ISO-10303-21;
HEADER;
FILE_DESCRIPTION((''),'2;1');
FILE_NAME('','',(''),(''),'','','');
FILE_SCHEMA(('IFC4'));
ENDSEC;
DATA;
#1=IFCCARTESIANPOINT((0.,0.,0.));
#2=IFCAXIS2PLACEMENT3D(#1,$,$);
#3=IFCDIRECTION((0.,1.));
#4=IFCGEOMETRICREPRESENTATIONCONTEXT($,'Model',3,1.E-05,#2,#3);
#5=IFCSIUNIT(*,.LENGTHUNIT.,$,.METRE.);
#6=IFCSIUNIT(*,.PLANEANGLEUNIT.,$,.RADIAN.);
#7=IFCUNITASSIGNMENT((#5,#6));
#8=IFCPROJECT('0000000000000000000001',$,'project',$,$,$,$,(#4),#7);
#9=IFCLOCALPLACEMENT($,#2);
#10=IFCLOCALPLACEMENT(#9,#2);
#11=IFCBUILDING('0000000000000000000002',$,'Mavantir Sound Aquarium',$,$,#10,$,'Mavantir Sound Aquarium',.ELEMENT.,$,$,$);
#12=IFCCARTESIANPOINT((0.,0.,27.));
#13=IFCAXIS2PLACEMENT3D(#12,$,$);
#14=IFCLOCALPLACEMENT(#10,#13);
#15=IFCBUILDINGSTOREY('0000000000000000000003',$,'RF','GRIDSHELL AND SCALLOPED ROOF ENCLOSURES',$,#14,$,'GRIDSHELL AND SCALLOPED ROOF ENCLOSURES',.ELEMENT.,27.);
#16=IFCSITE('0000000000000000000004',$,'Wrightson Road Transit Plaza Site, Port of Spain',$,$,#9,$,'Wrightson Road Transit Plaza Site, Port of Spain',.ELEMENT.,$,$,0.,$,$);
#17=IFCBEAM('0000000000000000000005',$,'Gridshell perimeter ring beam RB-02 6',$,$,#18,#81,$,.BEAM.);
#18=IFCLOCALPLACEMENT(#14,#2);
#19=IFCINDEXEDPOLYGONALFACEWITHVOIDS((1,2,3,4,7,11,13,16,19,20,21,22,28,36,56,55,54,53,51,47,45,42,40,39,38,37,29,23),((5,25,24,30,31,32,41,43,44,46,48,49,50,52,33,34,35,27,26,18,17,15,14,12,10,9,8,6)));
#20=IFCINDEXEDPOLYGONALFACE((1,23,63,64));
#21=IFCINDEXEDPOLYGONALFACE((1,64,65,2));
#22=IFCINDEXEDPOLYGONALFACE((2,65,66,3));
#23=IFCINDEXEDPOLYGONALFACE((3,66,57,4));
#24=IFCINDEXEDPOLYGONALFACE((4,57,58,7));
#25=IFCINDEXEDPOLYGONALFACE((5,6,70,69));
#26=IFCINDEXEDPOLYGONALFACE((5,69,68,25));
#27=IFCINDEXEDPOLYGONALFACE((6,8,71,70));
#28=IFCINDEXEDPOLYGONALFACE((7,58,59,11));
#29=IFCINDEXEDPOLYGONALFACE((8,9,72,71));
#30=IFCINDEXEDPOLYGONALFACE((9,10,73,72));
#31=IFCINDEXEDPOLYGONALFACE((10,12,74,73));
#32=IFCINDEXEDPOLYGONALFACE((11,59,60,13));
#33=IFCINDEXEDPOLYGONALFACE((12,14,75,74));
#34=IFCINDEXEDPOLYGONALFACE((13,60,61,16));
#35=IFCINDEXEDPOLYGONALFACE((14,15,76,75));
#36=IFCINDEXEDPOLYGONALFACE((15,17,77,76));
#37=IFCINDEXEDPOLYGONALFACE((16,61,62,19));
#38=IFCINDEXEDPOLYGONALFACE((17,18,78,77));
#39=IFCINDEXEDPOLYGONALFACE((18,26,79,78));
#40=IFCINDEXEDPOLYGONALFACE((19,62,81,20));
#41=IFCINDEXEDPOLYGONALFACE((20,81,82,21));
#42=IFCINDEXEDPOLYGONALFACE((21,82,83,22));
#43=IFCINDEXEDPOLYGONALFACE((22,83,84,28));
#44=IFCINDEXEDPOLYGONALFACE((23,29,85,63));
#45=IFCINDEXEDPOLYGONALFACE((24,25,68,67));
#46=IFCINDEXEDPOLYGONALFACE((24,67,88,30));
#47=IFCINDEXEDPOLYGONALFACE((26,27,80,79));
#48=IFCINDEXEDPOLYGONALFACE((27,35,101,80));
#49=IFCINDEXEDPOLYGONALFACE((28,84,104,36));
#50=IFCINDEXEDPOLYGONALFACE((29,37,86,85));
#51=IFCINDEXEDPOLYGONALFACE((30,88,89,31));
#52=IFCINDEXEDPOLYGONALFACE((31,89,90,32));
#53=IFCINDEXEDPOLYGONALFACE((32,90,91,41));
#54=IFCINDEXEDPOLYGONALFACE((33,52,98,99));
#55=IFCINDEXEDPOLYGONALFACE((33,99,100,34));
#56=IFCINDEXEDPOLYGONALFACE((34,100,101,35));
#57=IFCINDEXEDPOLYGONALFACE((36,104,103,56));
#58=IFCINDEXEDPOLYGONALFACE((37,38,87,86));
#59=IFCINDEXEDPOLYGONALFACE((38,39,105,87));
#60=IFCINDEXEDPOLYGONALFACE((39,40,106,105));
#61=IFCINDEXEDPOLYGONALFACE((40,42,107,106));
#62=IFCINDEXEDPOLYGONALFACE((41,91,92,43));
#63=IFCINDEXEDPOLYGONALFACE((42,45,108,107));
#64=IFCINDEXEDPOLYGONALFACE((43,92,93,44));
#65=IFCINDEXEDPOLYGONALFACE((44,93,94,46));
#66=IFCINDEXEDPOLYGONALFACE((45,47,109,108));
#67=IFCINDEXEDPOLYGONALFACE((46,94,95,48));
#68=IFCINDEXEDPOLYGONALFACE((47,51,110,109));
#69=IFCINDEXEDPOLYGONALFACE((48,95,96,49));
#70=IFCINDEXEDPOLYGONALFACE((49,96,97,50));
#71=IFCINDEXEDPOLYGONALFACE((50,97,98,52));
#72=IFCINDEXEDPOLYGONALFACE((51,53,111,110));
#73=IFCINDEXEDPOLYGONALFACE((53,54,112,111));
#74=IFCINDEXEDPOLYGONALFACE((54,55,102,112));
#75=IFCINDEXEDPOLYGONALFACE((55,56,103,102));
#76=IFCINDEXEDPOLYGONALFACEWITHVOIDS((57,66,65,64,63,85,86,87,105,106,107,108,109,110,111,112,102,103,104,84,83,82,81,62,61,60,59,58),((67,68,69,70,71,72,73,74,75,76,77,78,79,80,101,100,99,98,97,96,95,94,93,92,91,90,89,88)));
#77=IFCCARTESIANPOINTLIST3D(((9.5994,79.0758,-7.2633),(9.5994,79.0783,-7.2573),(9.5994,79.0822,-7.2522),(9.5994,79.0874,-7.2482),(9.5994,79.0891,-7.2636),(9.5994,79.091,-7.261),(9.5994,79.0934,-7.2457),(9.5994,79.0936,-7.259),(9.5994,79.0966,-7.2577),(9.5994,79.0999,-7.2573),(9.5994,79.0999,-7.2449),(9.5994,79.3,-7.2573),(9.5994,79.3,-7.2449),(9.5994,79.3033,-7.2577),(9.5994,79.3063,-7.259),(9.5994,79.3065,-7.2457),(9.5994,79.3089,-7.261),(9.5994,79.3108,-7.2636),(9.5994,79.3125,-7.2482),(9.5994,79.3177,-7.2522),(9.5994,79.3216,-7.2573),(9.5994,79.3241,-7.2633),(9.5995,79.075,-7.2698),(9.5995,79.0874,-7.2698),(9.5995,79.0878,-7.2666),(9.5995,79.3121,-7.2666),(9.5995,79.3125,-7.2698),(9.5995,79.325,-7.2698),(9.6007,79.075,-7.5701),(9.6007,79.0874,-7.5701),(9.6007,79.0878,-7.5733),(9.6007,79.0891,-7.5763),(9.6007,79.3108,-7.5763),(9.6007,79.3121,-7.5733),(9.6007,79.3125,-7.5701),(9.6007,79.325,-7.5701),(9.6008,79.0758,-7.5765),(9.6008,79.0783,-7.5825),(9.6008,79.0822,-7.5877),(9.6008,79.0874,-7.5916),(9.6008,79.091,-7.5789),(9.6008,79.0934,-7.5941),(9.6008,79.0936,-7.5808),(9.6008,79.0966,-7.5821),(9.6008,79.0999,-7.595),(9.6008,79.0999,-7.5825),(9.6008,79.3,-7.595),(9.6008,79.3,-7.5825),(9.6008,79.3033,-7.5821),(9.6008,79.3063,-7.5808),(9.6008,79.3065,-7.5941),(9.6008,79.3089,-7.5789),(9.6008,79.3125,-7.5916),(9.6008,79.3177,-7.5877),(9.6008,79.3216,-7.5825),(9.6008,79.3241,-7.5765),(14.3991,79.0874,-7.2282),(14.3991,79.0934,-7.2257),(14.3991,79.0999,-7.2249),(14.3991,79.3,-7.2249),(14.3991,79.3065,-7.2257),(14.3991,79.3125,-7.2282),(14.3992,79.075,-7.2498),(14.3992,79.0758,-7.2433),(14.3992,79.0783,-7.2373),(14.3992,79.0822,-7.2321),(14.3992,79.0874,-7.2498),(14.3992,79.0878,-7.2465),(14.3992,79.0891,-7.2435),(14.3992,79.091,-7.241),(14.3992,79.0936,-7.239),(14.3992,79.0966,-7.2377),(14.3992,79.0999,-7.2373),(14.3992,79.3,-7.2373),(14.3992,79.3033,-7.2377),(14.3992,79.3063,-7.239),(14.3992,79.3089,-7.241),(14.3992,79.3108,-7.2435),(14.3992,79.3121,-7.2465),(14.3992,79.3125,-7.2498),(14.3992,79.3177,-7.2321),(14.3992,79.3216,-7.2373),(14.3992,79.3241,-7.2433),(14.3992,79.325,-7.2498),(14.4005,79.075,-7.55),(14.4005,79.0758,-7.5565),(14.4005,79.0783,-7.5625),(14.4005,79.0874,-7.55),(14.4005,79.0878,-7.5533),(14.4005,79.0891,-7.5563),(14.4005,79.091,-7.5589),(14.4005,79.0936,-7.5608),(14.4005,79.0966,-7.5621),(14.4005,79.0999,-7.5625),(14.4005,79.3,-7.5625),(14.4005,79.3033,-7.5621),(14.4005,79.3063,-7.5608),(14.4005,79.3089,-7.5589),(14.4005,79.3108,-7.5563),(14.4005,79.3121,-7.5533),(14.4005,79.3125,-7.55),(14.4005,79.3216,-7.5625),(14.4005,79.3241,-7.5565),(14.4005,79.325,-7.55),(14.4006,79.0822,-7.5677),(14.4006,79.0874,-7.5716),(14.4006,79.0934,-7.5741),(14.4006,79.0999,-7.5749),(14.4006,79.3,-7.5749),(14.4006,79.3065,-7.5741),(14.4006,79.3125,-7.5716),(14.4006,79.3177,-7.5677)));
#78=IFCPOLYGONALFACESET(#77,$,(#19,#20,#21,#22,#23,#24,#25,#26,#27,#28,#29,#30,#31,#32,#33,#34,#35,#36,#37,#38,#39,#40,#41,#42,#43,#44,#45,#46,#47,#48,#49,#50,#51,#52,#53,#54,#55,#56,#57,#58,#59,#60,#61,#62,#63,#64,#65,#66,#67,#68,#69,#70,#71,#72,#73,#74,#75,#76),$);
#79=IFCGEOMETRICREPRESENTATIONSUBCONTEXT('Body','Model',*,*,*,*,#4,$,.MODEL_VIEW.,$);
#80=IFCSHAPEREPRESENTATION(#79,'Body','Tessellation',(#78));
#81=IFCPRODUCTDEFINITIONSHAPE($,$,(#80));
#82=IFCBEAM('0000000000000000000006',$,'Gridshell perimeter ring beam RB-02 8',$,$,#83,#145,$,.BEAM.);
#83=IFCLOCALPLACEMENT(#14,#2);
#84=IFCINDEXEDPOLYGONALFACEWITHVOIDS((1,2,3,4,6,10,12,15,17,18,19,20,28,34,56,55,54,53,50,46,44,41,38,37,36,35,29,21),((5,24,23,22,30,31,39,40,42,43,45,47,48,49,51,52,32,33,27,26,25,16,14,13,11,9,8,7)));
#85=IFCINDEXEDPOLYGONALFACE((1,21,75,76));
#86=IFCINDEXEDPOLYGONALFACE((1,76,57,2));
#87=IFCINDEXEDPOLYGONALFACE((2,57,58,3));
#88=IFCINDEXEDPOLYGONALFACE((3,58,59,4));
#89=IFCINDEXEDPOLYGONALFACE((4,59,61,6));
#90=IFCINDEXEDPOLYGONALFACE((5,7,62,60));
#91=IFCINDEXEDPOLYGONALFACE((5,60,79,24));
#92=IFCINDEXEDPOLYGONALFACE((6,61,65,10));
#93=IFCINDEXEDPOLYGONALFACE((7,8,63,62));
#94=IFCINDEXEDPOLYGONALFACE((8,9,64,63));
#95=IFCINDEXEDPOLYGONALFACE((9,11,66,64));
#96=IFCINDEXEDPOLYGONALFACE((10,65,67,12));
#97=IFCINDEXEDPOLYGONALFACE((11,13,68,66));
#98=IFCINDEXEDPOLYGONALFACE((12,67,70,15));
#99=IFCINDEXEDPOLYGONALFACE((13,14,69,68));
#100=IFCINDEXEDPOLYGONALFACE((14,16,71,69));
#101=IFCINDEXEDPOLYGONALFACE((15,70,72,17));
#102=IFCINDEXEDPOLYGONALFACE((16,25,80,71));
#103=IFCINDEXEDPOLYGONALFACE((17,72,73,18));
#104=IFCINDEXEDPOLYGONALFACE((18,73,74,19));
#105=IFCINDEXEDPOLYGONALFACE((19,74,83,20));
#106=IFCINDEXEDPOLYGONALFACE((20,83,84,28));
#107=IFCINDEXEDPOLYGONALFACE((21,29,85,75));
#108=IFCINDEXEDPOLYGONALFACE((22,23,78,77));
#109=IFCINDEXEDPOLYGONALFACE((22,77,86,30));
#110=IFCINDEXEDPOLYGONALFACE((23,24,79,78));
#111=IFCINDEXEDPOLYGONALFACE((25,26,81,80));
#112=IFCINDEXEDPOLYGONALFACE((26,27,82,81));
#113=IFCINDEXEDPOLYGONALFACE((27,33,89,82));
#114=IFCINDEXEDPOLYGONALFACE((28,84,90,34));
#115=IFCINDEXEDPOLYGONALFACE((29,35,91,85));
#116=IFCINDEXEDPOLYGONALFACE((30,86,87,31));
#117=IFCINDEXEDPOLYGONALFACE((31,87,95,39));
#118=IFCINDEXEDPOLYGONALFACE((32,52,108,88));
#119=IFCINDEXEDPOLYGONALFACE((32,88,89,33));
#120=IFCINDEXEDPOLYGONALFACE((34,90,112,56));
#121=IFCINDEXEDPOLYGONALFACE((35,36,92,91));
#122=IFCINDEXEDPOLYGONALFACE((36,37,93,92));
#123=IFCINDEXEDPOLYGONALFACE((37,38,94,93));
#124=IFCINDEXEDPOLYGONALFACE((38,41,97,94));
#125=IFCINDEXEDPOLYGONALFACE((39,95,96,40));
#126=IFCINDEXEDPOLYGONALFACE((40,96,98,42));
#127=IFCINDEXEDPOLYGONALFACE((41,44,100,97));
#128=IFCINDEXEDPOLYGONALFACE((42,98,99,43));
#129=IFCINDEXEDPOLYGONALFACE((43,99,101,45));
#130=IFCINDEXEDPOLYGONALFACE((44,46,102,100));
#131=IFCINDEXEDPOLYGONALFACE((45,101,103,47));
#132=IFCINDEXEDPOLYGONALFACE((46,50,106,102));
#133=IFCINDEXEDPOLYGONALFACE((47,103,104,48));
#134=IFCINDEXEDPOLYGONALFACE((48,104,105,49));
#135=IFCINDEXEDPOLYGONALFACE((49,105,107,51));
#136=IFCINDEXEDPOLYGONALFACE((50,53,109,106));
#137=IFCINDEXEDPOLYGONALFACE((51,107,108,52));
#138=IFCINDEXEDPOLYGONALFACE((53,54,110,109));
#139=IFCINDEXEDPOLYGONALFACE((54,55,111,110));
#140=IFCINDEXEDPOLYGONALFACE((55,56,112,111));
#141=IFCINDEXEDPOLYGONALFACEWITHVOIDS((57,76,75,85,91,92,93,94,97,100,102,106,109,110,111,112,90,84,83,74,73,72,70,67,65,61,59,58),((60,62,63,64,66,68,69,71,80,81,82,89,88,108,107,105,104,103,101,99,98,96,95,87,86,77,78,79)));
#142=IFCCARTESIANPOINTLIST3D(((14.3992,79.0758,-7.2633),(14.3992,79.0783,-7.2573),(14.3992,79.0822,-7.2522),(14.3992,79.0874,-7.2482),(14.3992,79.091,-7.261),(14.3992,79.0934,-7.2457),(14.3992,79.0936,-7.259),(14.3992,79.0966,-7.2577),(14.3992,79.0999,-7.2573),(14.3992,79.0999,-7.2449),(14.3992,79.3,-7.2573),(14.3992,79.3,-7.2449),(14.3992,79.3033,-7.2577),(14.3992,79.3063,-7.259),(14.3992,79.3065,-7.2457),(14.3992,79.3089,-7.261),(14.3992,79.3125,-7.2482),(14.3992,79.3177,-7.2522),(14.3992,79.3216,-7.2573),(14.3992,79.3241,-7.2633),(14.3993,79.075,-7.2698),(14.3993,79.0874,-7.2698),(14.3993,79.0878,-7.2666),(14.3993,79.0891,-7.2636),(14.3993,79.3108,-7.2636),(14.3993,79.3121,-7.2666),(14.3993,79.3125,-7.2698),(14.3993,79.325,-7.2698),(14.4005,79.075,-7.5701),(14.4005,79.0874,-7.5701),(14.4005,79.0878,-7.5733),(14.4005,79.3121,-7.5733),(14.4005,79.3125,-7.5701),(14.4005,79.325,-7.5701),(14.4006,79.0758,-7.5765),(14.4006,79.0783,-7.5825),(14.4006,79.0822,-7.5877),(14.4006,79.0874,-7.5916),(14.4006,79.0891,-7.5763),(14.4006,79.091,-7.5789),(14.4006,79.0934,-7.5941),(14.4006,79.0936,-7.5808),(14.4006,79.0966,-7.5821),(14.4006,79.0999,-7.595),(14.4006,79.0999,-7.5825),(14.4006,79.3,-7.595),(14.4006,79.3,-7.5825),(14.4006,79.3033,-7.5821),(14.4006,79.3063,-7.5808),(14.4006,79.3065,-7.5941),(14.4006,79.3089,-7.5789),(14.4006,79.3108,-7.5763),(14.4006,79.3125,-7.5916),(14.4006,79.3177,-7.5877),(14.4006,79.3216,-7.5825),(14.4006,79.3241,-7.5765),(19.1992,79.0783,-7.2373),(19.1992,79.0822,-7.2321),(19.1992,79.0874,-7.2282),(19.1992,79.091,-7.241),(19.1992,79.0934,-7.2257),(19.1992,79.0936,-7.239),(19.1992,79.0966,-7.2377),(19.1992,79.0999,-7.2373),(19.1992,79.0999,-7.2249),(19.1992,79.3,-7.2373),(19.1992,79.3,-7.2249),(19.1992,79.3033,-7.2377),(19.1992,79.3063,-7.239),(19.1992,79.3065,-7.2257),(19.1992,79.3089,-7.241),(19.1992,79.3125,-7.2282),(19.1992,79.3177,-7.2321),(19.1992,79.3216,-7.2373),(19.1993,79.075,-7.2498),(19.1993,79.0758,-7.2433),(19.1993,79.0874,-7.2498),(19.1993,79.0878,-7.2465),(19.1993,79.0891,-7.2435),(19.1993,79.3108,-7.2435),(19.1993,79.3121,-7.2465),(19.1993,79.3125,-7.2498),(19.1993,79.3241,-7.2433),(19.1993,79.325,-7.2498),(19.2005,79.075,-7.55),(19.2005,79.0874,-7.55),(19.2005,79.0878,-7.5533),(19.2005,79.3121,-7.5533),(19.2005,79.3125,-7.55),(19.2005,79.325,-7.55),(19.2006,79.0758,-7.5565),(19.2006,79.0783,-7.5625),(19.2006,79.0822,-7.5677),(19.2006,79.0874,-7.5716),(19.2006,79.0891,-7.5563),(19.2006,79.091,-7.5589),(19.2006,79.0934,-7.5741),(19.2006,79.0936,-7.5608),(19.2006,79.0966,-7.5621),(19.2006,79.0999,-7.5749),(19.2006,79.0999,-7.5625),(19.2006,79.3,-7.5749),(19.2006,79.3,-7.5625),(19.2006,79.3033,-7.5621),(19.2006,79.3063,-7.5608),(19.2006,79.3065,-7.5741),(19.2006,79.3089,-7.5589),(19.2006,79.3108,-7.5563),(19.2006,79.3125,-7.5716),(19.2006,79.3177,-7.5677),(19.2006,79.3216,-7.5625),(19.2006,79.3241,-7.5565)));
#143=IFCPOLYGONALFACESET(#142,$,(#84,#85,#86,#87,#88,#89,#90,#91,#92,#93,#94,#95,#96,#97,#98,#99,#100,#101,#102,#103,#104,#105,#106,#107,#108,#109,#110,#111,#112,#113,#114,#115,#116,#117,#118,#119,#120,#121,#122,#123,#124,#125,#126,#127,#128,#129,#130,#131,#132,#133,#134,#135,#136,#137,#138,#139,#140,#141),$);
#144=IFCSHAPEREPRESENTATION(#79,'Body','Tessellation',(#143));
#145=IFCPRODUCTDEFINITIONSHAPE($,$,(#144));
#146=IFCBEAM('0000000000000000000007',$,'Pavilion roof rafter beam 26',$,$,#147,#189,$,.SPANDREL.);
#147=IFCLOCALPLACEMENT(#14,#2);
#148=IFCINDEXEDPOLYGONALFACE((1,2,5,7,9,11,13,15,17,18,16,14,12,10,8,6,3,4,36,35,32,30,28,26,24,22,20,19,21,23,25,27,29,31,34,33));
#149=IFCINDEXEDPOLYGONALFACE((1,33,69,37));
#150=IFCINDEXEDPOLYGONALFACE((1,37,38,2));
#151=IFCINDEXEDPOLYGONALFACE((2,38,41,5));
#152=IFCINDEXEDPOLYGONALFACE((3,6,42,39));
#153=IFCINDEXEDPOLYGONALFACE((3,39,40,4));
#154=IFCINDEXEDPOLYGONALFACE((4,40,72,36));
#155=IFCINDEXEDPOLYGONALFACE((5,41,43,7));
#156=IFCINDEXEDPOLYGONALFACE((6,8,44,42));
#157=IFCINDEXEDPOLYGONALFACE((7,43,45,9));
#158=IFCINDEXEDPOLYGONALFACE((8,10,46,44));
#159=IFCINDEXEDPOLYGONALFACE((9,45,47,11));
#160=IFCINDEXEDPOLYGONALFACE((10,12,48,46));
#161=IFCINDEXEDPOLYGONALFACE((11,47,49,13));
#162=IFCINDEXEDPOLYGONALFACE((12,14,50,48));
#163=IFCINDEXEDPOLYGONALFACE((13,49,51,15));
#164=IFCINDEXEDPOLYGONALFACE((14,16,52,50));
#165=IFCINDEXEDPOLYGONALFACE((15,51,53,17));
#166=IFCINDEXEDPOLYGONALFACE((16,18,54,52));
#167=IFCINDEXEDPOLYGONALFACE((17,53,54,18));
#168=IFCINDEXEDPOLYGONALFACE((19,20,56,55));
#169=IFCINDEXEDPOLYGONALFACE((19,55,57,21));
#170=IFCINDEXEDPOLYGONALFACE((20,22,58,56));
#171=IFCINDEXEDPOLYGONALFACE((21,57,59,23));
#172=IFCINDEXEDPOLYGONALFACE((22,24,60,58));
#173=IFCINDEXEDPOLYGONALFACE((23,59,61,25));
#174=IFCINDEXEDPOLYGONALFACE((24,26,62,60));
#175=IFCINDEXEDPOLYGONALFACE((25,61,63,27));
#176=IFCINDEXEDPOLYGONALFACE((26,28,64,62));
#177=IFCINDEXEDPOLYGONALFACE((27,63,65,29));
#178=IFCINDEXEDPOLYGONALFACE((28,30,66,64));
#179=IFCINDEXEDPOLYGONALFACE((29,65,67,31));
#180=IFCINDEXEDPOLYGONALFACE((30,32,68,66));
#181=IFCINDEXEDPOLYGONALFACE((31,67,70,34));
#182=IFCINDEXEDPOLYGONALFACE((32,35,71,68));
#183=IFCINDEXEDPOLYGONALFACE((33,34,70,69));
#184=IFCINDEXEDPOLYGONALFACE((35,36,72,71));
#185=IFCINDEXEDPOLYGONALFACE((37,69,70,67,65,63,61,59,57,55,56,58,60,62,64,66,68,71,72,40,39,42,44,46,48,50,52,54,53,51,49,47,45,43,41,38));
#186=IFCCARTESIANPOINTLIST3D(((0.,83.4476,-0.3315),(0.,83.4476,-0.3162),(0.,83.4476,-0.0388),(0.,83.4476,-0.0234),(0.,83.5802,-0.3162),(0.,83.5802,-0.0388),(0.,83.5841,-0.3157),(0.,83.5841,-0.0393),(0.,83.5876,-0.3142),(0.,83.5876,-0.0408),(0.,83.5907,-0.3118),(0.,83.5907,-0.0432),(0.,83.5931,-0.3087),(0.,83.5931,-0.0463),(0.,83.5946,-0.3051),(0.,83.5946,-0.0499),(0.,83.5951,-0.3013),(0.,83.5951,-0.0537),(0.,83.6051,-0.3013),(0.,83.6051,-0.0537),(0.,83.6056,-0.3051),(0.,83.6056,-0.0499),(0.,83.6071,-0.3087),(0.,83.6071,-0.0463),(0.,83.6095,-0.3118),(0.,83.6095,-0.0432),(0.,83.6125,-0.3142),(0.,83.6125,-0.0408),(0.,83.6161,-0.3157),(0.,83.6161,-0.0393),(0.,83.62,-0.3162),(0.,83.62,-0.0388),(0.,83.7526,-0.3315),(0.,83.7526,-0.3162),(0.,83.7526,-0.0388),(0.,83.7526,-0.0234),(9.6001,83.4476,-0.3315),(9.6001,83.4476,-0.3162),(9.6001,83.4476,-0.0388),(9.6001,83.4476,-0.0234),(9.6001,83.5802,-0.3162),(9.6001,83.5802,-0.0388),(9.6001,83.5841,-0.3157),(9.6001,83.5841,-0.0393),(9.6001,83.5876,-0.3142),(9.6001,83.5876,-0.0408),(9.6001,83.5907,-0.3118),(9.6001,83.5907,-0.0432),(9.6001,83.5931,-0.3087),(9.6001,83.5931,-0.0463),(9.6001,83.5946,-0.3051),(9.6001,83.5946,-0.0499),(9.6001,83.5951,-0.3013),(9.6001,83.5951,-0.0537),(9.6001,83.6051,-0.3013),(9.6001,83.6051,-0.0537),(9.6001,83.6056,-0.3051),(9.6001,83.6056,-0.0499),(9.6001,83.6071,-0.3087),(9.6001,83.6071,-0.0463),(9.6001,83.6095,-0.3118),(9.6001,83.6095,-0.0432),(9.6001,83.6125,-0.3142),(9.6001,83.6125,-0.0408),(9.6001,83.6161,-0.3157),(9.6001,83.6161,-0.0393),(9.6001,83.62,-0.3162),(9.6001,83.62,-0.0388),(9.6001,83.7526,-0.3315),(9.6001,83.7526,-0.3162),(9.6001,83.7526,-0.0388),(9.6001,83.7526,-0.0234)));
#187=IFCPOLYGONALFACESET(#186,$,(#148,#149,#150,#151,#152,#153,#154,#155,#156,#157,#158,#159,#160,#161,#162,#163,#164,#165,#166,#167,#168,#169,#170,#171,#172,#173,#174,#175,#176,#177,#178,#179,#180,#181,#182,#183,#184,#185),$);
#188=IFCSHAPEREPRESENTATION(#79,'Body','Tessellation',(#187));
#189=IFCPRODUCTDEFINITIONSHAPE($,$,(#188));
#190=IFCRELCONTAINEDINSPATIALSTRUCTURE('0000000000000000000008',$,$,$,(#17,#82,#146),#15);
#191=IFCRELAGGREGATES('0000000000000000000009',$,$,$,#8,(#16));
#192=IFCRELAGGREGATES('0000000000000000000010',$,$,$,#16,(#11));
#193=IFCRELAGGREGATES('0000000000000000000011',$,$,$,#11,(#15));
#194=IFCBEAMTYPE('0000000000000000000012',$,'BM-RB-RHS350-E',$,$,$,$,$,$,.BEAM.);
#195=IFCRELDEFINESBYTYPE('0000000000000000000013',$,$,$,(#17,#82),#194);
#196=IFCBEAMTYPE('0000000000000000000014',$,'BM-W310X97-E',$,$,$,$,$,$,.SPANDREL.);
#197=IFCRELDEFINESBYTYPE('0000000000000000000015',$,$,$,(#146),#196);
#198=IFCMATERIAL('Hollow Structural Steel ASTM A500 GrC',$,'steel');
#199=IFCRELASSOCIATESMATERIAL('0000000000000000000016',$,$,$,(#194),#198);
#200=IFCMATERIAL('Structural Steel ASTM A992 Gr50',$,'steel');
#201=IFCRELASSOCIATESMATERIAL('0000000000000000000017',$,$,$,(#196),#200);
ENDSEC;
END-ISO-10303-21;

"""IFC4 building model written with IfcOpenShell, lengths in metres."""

from ifc_helpers import new_model, si_unit, direction, frame, origin, origin_2d, place, context, subcontext, project, spatial, hollow_rectangle, i_section, extrude, material, material_profile, profile_set, type_object, element, save


model = new_model("IFC4")

# Units and contexts
model_context = context("Model", 3, precision=1e-05, world=origin(), true_north=direction((0.0, 1.0)))
body_context = subcontext(model_context, "Body", "Model", "MODEL_VIEW")
ifc_project = project(units=[si_unit("LENGTHUNIT", "METRE"), si_unit("PLANEANGLEUNIT", "RADIAN")], contexts=[model_context])

# Site, building, storey
site_placement = place(None, origin())
site = spatial("IfcSite", under=ifc_project, at=site_placement, Name="Wrightson Road Transit Plaza Site, Port of Spain", LongName="Wrightson Road Transit Plaza Site, Port of Spain", CompositionType="ELEMENT", RefElevation=0.0)
building_placement = place(site_placement, origin())
building = spatial("IfcBuilding", under=site, at=building_placement, Name="Mavantir Sound Aquarium", LongName="Mavantir Sound Aquarium", CompositionType="ELEMENT")
storey_placement = place(building_placement, frame((0.0, 0.0, 27.0)))
storey = spatial("IfcBuildingStorey", under=building, at=storey_placement, Name="RF", Description="GRIDSHELL AND SCALLOPED ROOF ENCLOSURES", LongName="GRIDSHELL AND SCALLOPED ROOF ENCLOSURES", CompositionType="ELEMENT", Elevation=27.0)

# Beams
ifc_material_1 = material(Name="Hollow Structural Steel ASTM A500 GrC", Category="steel")
ifc_material_profile_1 = material_profile(ifc_material_1, hollow_rectangle(XDim=0.25, YDim=0.3501, WallThickness=0.0125, InnerFilletRadius=0.0125, OuterFilletRadius=0.0249, at=origin_2d()), Name="RHS 350X250X12.5")
ifc_profile_set_1 = profile_set([ifc_material_profile_1], Name="Hollow Structural Steel ASTM A500 GrC")
beam_type_1 = type_object("IfcBeamType", Name="BM-RB-RHS350-E", PredefinedType="BEAM", material=ifc_profile_set_1)
beam_1_placement = place(storey_placement, frame((9.6001, 79.2, -7.4199), z_axis=(0.999991, 0.0, 0.004171), x_axis=(0.0, 1.0, 0.0)))
element("IfcBeam", 1, at=beam_1_placement, inside=storey, type_object=beam_type_1, Name="Gridshell perimeter ring beam RB-02 6", PredefinedType="BEAM", context=body_context, shape_type="SweptSolid", body=[
    extrude(hollow_rectangle(XDim=0.25, YDim=0.3501, WallThickness=0.0125, InnerFilletRadius=0.0125, OuterFilletRadius=0.0249, at=origin_2d()), origin(), (0.0, 0.0, 1.0), 4.7998),
])
beam_2_placement = place(storey_placement, frame((14.3999, 79.2, -7.4199), z_axis=(0.999991, 0.0, 0.004171), x_axis=(0.0, 1.0, 0.0)))
element("IfcBeam", 2, at=beam_2_placement, inside=storey, type_object=beam_type_1, Name="Gridshell perimeter ring beam RB-02 8", PredefinedType="BEAM", context=body_context, shape_type="SweptSolid", body=[
    extrude(hollow_rectangle(XDim=0.25, YDim=0.3501, WallThickness=0.0125, InnerFilletRadius=0.0125, OuterFilletRadius=0.0249, at=origin_2d()), origin(), (0.0, 0.0, 1.0), 4.8),
])
ifc_material_2 = material(Name="Structural Steel ASTM A992 Gr50", Category="steel")
ifc_material_profile_2 = material_profile(ifc_material_2, i_section(OverallWidth=0.3049, OverallDepth=0.3081, WebThickness=0.01, FlangeThickness=0.0154, FilletRadius=0.0149, at=origin_2d()), Name="W310X97")
ifc_profile_set_2 = profile_set([ifc_material_profile_2], Name="Structural Steel ASTM A992 Gr50")
beam_type_2 = type_object("IfcBeamType", Name="BM-W310X97-E", PredefinedType="SPANDREL", material=ifc_profile_set_2)
beam_3_placement = place(storey_placement, frame((0.0, 83.6001, -0.1775), z_axis=(1.0, 0.0, 0.0), x_axis=(0.0, 1.0, 0.0)))
element("IfcBeam", 3, at=beam_3_placement, inside=storey, type_object=beam_type_2, Name="Pavilion roof rafter beam 26", PredefinedType="SPANDREL", context=body_context, shape_type="SweptSolid", body=[
    extrude(i_section(OverallWidth=0.3049, OverallDepth=0.3081, WebThickness=0.01, FlangeThickness=0.0154, FilletRadius=0.0149, at=origin_2d()), origin(), (0.0, 0.0, 1.0), 9.6001),
])

save(model, "model.ifc")
